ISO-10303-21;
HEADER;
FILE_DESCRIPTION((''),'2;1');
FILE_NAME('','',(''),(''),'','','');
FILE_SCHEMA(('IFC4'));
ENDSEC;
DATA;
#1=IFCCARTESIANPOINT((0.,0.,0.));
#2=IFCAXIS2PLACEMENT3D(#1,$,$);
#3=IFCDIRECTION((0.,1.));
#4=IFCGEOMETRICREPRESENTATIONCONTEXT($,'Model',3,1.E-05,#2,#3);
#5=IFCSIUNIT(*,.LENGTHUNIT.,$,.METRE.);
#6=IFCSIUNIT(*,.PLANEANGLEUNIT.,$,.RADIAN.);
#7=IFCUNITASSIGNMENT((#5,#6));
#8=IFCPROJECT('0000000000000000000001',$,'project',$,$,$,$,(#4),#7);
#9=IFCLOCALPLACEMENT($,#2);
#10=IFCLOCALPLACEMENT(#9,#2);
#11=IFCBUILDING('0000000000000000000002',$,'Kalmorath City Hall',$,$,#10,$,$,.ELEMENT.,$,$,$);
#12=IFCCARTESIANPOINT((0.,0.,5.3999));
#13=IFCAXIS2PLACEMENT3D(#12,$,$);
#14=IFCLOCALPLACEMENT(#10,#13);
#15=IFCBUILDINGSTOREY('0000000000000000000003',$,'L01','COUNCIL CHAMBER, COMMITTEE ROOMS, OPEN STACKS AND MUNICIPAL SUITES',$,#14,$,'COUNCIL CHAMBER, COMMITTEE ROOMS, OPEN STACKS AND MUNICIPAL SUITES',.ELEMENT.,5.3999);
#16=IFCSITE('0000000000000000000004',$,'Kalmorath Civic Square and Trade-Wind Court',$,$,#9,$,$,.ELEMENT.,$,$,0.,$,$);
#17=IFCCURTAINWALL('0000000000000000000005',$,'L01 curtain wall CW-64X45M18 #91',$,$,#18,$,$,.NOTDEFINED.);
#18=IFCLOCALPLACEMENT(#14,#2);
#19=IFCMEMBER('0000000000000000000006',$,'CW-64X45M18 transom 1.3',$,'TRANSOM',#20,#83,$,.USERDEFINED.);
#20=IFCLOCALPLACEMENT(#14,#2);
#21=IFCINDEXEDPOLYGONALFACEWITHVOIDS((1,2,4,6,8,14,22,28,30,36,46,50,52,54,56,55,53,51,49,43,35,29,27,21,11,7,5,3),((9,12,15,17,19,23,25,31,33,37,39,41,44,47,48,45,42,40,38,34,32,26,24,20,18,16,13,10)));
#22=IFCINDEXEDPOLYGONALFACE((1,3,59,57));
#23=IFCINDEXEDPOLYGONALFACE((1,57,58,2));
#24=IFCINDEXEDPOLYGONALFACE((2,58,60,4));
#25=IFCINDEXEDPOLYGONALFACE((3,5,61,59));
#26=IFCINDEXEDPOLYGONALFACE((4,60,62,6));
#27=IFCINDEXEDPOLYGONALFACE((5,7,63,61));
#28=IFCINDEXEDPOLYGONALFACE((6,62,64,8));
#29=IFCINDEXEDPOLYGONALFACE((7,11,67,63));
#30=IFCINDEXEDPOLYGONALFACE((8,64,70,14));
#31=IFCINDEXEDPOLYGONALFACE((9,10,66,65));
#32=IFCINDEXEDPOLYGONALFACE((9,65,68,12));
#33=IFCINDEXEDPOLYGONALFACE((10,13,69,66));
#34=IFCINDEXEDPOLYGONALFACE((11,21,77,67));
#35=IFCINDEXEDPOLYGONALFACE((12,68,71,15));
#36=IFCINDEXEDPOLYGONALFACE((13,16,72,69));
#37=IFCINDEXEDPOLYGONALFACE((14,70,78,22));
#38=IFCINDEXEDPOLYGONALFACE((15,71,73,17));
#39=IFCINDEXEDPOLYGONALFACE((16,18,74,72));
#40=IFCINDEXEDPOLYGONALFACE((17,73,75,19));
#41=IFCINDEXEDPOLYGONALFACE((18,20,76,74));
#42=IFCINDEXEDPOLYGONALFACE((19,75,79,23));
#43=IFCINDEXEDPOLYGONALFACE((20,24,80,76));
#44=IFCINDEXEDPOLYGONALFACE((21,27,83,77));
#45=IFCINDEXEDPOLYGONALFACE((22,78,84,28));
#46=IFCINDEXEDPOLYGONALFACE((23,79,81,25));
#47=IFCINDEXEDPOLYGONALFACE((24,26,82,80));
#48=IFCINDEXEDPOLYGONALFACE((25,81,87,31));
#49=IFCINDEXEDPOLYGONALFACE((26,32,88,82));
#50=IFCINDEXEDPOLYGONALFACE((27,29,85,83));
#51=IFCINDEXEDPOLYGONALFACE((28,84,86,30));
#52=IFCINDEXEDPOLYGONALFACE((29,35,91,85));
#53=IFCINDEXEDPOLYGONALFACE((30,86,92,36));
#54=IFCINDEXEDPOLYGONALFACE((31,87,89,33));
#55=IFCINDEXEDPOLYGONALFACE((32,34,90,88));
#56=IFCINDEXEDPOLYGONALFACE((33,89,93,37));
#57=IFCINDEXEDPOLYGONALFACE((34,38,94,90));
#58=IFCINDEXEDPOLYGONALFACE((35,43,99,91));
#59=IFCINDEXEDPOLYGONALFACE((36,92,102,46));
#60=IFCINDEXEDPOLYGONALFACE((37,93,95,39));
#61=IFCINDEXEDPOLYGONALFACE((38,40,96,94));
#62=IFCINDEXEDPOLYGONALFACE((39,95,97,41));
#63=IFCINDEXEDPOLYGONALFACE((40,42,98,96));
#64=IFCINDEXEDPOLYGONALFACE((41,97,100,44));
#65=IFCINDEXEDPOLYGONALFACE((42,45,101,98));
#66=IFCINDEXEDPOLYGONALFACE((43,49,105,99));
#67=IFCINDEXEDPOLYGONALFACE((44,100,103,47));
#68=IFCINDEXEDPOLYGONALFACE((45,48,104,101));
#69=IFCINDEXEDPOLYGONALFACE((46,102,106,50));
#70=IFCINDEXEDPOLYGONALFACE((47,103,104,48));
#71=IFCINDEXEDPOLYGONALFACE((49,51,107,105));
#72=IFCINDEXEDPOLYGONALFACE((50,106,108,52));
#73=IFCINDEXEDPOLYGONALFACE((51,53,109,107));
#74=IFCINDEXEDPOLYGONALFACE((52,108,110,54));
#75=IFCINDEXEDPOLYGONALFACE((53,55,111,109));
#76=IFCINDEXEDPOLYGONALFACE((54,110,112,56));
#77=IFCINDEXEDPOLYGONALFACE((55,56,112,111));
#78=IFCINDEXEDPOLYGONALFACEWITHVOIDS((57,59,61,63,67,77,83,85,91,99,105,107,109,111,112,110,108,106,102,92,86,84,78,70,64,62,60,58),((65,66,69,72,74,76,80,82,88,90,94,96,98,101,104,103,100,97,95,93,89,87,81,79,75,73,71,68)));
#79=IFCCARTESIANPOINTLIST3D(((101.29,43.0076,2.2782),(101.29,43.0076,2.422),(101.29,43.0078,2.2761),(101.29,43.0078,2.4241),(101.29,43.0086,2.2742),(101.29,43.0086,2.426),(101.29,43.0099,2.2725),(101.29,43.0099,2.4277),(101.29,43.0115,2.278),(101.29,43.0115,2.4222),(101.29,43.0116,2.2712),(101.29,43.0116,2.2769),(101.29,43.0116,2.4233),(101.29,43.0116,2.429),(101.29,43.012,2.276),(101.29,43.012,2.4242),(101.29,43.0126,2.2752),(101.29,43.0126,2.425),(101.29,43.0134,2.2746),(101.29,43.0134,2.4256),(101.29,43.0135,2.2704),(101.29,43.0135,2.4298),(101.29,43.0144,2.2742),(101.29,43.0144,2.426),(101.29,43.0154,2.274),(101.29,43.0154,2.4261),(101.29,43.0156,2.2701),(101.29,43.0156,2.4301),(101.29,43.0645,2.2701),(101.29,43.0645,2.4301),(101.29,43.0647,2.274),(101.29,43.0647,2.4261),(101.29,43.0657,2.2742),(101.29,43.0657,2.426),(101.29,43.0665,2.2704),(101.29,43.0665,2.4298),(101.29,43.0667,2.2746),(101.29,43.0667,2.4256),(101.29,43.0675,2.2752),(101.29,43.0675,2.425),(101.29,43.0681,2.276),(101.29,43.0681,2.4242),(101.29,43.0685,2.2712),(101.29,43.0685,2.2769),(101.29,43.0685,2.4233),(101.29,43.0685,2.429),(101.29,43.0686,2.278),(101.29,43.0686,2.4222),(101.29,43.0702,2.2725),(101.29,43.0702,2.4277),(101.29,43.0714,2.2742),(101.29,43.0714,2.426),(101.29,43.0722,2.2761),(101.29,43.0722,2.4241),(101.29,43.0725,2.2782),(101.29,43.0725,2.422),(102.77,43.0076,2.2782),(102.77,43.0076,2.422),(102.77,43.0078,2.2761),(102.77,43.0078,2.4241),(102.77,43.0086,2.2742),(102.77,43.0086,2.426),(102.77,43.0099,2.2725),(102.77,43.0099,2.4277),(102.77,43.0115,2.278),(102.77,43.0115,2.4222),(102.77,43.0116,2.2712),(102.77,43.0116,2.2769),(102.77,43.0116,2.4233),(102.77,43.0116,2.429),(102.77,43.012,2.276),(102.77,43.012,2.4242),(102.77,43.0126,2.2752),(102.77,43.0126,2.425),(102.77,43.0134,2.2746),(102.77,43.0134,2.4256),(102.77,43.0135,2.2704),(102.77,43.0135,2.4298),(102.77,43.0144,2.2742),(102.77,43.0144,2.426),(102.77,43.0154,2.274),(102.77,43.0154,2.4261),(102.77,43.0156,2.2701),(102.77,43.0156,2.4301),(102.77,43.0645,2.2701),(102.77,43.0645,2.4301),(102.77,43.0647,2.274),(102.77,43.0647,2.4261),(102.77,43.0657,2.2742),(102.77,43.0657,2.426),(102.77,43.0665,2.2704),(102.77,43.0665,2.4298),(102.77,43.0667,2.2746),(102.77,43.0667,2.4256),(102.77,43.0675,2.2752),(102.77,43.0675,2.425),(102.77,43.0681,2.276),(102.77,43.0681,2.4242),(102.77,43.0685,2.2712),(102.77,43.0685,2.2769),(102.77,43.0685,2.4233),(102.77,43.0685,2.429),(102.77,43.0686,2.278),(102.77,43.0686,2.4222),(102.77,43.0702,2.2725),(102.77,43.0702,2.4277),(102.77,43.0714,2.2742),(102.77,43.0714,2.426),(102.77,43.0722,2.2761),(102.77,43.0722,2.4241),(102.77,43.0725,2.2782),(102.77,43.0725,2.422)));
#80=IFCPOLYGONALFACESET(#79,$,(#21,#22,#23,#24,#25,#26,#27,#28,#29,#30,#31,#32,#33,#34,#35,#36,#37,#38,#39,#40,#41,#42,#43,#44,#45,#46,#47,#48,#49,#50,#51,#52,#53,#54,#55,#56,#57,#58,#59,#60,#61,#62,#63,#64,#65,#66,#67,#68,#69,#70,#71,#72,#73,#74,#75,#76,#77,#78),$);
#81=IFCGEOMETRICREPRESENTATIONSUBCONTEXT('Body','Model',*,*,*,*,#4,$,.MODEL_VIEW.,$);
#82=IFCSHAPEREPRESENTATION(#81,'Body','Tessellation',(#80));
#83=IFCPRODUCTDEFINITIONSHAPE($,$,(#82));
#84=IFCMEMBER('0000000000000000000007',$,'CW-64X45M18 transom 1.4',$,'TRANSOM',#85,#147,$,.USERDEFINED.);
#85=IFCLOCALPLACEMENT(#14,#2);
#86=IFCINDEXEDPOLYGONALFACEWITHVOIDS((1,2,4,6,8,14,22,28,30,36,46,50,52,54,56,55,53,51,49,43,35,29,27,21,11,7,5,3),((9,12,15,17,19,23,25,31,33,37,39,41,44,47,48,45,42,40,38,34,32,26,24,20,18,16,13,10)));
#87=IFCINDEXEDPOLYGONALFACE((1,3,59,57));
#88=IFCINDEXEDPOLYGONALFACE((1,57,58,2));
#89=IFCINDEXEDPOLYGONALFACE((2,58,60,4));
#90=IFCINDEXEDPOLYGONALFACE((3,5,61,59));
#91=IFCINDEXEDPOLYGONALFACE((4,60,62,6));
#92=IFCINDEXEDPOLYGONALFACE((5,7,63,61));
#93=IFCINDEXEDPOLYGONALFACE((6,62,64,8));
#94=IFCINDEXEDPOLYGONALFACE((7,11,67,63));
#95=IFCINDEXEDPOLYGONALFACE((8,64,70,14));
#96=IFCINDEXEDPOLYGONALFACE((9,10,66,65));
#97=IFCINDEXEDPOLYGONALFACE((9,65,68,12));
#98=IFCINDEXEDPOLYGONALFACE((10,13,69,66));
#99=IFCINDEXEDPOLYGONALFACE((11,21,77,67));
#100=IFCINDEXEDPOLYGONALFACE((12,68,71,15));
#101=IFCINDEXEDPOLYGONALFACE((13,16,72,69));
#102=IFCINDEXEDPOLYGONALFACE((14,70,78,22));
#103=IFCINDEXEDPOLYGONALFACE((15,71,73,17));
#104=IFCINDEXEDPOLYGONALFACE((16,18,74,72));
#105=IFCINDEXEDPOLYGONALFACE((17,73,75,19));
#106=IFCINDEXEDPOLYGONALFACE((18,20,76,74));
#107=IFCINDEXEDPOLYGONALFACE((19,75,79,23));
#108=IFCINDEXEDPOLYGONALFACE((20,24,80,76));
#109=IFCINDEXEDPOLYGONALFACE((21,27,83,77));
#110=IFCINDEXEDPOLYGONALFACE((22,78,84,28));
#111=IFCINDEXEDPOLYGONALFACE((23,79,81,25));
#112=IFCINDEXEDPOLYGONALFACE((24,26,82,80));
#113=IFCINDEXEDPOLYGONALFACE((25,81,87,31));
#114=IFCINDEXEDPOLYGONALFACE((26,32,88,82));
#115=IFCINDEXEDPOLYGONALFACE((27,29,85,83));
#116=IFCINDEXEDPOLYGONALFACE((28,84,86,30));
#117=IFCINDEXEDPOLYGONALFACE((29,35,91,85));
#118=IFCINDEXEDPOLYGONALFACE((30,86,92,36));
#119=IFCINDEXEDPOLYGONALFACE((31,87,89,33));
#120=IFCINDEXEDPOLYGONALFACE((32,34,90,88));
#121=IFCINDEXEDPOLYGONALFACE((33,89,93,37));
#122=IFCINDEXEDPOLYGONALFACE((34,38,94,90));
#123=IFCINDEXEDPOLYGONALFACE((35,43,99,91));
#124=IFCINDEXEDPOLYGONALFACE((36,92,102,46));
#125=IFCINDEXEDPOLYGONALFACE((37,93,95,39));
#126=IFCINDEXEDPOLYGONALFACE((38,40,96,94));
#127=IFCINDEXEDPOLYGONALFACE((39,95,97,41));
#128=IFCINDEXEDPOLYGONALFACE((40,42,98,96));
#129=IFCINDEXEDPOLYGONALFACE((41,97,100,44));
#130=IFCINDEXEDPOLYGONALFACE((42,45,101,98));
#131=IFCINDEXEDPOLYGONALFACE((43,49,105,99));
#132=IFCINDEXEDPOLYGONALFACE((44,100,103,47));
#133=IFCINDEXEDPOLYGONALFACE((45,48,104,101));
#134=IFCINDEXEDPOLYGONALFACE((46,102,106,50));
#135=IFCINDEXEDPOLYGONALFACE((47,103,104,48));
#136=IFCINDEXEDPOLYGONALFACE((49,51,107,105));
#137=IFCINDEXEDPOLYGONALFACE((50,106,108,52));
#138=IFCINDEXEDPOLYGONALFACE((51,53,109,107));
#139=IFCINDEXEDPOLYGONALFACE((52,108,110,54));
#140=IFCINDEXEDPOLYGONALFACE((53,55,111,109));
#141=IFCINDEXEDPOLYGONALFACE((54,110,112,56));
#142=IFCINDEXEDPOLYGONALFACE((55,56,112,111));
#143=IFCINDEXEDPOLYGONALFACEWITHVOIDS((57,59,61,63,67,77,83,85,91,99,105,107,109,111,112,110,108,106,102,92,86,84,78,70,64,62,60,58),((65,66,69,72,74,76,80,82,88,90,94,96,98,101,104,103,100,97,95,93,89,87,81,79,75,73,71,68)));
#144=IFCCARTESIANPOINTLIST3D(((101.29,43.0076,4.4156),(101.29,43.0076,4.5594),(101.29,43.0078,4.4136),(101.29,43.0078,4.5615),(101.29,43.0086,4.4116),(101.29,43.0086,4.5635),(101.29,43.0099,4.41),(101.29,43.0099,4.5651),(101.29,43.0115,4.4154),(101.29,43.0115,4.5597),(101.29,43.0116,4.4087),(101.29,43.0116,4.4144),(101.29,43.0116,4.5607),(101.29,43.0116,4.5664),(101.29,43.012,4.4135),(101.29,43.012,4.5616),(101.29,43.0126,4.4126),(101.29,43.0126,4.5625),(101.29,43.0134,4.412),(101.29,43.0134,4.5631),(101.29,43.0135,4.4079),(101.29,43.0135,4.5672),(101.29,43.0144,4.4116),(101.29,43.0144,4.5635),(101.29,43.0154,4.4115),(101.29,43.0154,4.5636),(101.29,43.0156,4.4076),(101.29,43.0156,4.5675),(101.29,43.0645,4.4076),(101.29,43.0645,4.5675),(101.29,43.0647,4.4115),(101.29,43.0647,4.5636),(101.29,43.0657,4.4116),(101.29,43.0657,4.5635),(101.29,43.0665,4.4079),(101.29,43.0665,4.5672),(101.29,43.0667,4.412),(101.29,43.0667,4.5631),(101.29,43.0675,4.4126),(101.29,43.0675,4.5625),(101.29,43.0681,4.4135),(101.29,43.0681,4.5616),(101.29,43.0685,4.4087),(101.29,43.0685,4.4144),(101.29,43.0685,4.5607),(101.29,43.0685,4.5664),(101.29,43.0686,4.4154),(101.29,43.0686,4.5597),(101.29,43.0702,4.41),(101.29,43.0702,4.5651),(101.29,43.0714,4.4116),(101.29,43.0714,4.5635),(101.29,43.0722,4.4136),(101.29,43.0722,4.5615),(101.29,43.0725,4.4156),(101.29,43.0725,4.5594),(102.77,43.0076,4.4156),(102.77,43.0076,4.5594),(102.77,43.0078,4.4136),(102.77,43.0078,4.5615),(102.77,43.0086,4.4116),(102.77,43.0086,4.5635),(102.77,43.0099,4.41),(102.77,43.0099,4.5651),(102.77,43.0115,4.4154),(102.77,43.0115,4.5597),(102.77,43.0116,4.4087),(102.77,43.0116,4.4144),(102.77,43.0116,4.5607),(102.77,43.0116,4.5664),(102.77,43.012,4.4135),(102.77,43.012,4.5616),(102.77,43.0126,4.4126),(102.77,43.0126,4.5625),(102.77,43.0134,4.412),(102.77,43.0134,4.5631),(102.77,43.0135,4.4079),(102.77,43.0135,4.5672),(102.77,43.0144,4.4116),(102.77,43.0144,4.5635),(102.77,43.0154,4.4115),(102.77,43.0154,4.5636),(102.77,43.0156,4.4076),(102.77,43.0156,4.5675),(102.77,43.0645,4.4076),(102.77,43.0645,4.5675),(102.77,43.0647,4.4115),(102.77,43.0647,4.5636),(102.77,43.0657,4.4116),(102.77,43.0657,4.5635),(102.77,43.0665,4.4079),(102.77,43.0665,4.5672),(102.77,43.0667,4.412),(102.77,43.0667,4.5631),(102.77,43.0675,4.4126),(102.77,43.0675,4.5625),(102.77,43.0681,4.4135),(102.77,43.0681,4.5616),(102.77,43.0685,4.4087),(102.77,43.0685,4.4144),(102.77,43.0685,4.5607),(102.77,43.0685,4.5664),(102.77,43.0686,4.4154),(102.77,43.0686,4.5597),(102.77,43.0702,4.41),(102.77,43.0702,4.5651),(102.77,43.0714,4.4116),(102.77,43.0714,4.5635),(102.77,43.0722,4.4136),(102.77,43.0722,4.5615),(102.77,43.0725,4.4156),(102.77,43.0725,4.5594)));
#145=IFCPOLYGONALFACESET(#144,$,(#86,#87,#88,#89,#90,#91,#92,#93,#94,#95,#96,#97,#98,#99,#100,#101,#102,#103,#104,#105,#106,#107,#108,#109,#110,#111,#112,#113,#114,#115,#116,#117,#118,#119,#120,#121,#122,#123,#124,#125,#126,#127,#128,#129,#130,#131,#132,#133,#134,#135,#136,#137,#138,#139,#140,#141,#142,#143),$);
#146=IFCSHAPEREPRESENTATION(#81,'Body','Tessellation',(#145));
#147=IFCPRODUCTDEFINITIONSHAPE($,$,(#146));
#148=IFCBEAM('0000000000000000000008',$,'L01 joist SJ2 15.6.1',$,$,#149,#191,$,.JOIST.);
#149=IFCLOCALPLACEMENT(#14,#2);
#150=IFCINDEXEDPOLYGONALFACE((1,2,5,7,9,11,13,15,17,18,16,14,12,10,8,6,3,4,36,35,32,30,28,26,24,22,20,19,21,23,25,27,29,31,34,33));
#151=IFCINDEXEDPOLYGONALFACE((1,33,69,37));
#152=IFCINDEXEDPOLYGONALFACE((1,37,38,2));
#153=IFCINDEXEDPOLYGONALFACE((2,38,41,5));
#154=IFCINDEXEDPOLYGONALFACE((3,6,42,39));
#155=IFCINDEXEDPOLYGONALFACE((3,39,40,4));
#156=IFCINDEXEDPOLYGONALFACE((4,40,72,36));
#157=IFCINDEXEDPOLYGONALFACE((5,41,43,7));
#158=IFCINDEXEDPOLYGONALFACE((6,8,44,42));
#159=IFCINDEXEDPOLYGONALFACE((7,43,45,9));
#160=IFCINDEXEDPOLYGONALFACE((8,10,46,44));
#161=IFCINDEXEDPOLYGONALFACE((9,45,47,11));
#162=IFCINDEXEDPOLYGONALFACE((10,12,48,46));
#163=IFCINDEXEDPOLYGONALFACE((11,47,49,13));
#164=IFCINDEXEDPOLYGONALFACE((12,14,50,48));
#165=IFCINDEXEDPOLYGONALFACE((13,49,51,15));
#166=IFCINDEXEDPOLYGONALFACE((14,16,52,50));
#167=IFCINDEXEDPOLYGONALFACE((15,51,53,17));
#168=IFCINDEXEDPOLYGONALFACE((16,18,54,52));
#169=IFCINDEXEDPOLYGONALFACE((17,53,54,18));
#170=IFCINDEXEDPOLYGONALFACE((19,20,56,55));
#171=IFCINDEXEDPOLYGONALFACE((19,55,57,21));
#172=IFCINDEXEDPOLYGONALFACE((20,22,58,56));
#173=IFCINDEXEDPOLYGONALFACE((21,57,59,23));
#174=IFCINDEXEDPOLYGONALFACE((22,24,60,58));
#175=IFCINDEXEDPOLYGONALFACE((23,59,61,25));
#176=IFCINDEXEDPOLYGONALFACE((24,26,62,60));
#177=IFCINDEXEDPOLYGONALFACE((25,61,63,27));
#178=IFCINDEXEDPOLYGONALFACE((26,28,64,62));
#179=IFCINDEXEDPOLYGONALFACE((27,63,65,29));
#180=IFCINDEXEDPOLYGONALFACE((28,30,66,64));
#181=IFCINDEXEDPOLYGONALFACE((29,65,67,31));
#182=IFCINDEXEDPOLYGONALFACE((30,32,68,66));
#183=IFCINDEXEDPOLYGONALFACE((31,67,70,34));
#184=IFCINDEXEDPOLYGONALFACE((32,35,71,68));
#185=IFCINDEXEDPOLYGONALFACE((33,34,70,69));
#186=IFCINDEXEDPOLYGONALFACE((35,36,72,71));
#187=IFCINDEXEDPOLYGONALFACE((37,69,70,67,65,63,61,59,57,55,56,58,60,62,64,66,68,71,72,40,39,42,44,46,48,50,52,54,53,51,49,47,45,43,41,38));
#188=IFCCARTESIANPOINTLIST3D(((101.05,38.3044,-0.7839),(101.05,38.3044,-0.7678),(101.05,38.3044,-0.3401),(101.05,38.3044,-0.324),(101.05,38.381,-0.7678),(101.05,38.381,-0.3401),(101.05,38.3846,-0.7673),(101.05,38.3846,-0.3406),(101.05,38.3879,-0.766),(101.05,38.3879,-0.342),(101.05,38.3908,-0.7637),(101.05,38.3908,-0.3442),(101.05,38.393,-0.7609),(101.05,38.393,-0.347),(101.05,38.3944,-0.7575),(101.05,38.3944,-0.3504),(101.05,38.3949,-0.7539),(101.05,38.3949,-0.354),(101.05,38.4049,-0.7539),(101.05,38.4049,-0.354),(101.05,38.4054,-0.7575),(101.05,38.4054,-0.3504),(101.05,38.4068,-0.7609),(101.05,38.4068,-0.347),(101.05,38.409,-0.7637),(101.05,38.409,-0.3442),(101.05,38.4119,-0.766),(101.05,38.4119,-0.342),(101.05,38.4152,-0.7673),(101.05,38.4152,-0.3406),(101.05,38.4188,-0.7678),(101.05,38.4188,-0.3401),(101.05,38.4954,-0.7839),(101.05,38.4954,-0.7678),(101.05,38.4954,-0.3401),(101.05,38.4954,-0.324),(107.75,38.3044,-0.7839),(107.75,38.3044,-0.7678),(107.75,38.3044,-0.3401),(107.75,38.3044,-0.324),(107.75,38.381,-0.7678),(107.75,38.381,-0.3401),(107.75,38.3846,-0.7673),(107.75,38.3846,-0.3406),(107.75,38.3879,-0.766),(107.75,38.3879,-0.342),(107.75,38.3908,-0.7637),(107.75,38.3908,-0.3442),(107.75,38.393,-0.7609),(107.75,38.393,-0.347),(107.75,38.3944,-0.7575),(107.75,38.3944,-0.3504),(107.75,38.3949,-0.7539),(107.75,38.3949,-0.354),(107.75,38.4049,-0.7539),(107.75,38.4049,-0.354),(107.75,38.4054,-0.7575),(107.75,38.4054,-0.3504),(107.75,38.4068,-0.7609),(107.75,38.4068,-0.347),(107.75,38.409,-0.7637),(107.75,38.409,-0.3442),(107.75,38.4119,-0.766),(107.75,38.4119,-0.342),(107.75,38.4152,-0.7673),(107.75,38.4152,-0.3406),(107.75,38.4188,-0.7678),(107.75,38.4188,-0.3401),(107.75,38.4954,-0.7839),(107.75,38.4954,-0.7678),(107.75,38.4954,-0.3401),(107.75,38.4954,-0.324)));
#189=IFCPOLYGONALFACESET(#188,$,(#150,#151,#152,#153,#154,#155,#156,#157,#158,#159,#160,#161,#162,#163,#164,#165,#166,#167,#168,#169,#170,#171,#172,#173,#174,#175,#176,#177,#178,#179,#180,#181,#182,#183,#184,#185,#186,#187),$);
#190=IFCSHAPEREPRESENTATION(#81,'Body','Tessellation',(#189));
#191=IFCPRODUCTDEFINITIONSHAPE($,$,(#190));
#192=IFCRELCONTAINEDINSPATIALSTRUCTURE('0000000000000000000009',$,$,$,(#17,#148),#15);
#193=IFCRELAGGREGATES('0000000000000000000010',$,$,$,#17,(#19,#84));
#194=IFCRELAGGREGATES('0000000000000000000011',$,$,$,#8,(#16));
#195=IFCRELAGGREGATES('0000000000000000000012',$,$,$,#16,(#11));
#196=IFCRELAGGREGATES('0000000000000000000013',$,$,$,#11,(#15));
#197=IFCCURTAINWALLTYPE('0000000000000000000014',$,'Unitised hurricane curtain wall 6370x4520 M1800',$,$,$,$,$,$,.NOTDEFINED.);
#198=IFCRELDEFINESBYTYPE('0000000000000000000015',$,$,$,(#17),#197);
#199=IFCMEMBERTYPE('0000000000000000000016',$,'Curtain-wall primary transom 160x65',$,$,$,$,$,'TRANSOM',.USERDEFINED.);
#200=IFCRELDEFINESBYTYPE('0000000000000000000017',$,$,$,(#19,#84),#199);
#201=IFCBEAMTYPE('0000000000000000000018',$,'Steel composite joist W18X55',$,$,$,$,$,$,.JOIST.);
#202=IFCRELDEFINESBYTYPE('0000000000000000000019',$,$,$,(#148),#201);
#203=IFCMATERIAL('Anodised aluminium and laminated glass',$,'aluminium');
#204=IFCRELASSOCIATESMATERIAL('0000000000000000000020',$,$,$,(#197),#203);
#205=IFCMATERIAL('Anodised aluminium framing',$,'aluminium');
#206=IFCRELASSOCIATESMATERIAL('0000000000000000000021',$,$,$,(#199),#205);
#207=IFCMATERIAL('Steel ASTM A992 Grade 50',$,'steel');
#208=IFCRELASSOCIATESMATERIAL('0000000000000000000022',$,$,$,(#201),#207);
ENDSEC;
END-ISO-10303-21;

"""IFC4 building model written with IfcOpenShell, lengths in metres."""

from ifc_helpers import new_model, si_unit, direction, frame, origin, origin_2d, place, context, subcontext, project, spatial, hollow_rectangle, i_section, extrude, material, material_profile, profile_set, type_object, element, aggregate, save


model = new_model("IFC4")

# Units and contexts
model_context = context("Model", 3, precision=1e-05, world=origin(), true_north=direction((0.0, 1.0)))
body_context = subcontext(model_context, "Body", "Model", "MODEL_VIEW")
ifc_project = project(units=[si_unit("LENGTHUNIT", "METRE"), si_unit("PLANEANGLEUNIT", "RADIAN")], contexts=[model_context])

# Site, building, storey
site_placement = place(None, origin())
site = spatial("IfcSite", under=ifc_project, at=site_placement, Name="Kalmorath Civic Square and Trade-Wind Court", CompositionType="ELEMENT", RefElevation=0.0)
building_placement = place(site_placement, origin())
building = spatial("IfcBuilding", under=site, at=building_placement, Name="Kalmorath City Hall", CompositionType="ELEMENT")
storey_placement = place(building_placement, frame((0.0, 0.0, 5.3999)))
storey = spatial("IfcBuildingStorey", under=building, at=storey_placement, Name="L01", Description="COUNCIL CHAMBER, COMMITTEE ROOMS, OPEN STACKS AND MUNICIPAL SUITES", LongName="COUNCIL CHAMBER, COMMITTEE ROOMS, OPEN STACKS AND MUNICIPAL SUITES", CompositionType="ELEMENT", Elevation=5.3999)

# Curtain wall
ifc_material_1 = material(Name="Anodised aluminium and laminated glass", Category="aluminium")
curtain_wall_type_1 = type_object("IfcCurtainWallType", Name="Unitised hurricane curtain wall 6370x4520 M1800", PredefinedType="NOTDEFINED", material=ifc_material_1)
curtain_wall_1_placement = place(storey_placement, origin())
curtain_wall_1 = element("IfcCurtainWall", 1, at=curtain_wall_1_placement, inside=storey, type_object=curtain_wall_type_1, Name="L01 curtain wall CW-64X45M18 #91", PredefinedType="NOTDEFINED")

# Members
ifc_material_2 = material(Name="Anodised aluminium framing", Category="aluminium")
ifc_material_profile_1 = material_profile(ifc_material_2, hollow_rectangle(XDim=0.0649, YDim=0.1599, WallThickness=0.0039, InnerFilletRadius=0.0039, OuterFilletRadius=0.0081, at=origin_2d()), Name="ALU-TRN-160X65X4")
ifc_profile_set_1 = profile_set([ifc_material_profile_1], Name="Anodised aluminium framing")
member_type_1 = type_object("IfcMemberType", Name="Curtain-wall primary transom 160x65", ElementType="TRANSOM", PredefinedType="USERDEFINED", material=ifc_profile_set_1)
member_1_placement = place(storey_placement, frame((101.29, 43.04, 2.3501), z_axis=(1.0, 0.0, 0.0), x_axis=(0.0, 1.0, 0.0)))
member_1 = element("IfcMember", 2, at=member_1_placement, type_object=member_type_1, Name="CW-64X45M18 transom 1.3", ObjectType="TRANSOM", PredefinedType="USERDEFINED", context=body_context, shape_type="SweptSolid", body=[
    extrude(hollow_rectangle(XDim=0.0649, YDim=0.1599, WallThickness=0.0039, InnerFilletRadius=0.0039, OuterFilletRadius=0.0081, at=origin_2d()), origin(), (0.0, 0.0, 1.0), 1.48),
])
member_2_placement = place(storey_placement, frame((101.29, 43.04, 4.4875), z_axis=(1.0, 0.0, 0.0), x_axis=(0.0, 1.0, 0.0)))
member_2 = element("IfcMember", 3, at=member_2_placement, type_object=member_type_1, Name="CW-64X45M18 transom 1.4", ObjectType="TRANSOM", PredefinedType="USERDEFINED", context=body_context, shape_type="SweptSolid", body=[
    extrude(hollow_rectangle(XDim=0.0649, YDim=0.1599, WallThickness=0.0039, InnerFilletRadius=0.0039, OuterFilletRadius=0.0081, at=origin_2d()), origin(), (0.0, 0.0, 1.0), 1.48),
])
aggregate(curtain_wall_1, [member_1, member_2])

# Beam
ifc_material_3 = material(Name="Steel ASTM A992 Grade 50", Category="steel")
ifc_material_profile_2 = material_profile(ifc_material_3, i_section(OverallWidth=0.1909, OverallDepth=0.46, WebThickness=0.01, FlangeThickness=0.0161, FilletRadius=0.0139, at=origin_2d()), Name="W18X55")
ifc_profile_set_2 = profile_set([ifc_material_profile_2], Name="Steel ASTM A992 Grade 50")
beam_type_1 = type_object("IfcBeamType", Name="Steel composite joist W18X55", PredefinedType="JOIST", material=ifc_profile_set_2)
for number, where, z_axis, x_axis, name in (
    (4, (101.05, 38.3999, -0.554), (1.0, 0.0, 0.0), (0.0, 1.0, 0.0), "L01 joist SJ2 15.6.1"),
):
    element("IfcBeam", number, at=place(storey_placement, frame(where, z_axis=z_axis, x_axis=x_axis)), inside=storey, type_object=beam_type_1, Name=name, PredefinedType="JOIST", context=body_context, shape_type="SweptSolid", body=[
        extrude(i_section(OverallWidth=0.1909, OverallDepth=0.46, WebThickness=0.01, FlangeThickness=0.0161, FilletRadius=0.0139, at=origin_2d()), origin(), (0.0, 0.0, 1.0), 6.7),
    ])

save(model, "model.ifc")
